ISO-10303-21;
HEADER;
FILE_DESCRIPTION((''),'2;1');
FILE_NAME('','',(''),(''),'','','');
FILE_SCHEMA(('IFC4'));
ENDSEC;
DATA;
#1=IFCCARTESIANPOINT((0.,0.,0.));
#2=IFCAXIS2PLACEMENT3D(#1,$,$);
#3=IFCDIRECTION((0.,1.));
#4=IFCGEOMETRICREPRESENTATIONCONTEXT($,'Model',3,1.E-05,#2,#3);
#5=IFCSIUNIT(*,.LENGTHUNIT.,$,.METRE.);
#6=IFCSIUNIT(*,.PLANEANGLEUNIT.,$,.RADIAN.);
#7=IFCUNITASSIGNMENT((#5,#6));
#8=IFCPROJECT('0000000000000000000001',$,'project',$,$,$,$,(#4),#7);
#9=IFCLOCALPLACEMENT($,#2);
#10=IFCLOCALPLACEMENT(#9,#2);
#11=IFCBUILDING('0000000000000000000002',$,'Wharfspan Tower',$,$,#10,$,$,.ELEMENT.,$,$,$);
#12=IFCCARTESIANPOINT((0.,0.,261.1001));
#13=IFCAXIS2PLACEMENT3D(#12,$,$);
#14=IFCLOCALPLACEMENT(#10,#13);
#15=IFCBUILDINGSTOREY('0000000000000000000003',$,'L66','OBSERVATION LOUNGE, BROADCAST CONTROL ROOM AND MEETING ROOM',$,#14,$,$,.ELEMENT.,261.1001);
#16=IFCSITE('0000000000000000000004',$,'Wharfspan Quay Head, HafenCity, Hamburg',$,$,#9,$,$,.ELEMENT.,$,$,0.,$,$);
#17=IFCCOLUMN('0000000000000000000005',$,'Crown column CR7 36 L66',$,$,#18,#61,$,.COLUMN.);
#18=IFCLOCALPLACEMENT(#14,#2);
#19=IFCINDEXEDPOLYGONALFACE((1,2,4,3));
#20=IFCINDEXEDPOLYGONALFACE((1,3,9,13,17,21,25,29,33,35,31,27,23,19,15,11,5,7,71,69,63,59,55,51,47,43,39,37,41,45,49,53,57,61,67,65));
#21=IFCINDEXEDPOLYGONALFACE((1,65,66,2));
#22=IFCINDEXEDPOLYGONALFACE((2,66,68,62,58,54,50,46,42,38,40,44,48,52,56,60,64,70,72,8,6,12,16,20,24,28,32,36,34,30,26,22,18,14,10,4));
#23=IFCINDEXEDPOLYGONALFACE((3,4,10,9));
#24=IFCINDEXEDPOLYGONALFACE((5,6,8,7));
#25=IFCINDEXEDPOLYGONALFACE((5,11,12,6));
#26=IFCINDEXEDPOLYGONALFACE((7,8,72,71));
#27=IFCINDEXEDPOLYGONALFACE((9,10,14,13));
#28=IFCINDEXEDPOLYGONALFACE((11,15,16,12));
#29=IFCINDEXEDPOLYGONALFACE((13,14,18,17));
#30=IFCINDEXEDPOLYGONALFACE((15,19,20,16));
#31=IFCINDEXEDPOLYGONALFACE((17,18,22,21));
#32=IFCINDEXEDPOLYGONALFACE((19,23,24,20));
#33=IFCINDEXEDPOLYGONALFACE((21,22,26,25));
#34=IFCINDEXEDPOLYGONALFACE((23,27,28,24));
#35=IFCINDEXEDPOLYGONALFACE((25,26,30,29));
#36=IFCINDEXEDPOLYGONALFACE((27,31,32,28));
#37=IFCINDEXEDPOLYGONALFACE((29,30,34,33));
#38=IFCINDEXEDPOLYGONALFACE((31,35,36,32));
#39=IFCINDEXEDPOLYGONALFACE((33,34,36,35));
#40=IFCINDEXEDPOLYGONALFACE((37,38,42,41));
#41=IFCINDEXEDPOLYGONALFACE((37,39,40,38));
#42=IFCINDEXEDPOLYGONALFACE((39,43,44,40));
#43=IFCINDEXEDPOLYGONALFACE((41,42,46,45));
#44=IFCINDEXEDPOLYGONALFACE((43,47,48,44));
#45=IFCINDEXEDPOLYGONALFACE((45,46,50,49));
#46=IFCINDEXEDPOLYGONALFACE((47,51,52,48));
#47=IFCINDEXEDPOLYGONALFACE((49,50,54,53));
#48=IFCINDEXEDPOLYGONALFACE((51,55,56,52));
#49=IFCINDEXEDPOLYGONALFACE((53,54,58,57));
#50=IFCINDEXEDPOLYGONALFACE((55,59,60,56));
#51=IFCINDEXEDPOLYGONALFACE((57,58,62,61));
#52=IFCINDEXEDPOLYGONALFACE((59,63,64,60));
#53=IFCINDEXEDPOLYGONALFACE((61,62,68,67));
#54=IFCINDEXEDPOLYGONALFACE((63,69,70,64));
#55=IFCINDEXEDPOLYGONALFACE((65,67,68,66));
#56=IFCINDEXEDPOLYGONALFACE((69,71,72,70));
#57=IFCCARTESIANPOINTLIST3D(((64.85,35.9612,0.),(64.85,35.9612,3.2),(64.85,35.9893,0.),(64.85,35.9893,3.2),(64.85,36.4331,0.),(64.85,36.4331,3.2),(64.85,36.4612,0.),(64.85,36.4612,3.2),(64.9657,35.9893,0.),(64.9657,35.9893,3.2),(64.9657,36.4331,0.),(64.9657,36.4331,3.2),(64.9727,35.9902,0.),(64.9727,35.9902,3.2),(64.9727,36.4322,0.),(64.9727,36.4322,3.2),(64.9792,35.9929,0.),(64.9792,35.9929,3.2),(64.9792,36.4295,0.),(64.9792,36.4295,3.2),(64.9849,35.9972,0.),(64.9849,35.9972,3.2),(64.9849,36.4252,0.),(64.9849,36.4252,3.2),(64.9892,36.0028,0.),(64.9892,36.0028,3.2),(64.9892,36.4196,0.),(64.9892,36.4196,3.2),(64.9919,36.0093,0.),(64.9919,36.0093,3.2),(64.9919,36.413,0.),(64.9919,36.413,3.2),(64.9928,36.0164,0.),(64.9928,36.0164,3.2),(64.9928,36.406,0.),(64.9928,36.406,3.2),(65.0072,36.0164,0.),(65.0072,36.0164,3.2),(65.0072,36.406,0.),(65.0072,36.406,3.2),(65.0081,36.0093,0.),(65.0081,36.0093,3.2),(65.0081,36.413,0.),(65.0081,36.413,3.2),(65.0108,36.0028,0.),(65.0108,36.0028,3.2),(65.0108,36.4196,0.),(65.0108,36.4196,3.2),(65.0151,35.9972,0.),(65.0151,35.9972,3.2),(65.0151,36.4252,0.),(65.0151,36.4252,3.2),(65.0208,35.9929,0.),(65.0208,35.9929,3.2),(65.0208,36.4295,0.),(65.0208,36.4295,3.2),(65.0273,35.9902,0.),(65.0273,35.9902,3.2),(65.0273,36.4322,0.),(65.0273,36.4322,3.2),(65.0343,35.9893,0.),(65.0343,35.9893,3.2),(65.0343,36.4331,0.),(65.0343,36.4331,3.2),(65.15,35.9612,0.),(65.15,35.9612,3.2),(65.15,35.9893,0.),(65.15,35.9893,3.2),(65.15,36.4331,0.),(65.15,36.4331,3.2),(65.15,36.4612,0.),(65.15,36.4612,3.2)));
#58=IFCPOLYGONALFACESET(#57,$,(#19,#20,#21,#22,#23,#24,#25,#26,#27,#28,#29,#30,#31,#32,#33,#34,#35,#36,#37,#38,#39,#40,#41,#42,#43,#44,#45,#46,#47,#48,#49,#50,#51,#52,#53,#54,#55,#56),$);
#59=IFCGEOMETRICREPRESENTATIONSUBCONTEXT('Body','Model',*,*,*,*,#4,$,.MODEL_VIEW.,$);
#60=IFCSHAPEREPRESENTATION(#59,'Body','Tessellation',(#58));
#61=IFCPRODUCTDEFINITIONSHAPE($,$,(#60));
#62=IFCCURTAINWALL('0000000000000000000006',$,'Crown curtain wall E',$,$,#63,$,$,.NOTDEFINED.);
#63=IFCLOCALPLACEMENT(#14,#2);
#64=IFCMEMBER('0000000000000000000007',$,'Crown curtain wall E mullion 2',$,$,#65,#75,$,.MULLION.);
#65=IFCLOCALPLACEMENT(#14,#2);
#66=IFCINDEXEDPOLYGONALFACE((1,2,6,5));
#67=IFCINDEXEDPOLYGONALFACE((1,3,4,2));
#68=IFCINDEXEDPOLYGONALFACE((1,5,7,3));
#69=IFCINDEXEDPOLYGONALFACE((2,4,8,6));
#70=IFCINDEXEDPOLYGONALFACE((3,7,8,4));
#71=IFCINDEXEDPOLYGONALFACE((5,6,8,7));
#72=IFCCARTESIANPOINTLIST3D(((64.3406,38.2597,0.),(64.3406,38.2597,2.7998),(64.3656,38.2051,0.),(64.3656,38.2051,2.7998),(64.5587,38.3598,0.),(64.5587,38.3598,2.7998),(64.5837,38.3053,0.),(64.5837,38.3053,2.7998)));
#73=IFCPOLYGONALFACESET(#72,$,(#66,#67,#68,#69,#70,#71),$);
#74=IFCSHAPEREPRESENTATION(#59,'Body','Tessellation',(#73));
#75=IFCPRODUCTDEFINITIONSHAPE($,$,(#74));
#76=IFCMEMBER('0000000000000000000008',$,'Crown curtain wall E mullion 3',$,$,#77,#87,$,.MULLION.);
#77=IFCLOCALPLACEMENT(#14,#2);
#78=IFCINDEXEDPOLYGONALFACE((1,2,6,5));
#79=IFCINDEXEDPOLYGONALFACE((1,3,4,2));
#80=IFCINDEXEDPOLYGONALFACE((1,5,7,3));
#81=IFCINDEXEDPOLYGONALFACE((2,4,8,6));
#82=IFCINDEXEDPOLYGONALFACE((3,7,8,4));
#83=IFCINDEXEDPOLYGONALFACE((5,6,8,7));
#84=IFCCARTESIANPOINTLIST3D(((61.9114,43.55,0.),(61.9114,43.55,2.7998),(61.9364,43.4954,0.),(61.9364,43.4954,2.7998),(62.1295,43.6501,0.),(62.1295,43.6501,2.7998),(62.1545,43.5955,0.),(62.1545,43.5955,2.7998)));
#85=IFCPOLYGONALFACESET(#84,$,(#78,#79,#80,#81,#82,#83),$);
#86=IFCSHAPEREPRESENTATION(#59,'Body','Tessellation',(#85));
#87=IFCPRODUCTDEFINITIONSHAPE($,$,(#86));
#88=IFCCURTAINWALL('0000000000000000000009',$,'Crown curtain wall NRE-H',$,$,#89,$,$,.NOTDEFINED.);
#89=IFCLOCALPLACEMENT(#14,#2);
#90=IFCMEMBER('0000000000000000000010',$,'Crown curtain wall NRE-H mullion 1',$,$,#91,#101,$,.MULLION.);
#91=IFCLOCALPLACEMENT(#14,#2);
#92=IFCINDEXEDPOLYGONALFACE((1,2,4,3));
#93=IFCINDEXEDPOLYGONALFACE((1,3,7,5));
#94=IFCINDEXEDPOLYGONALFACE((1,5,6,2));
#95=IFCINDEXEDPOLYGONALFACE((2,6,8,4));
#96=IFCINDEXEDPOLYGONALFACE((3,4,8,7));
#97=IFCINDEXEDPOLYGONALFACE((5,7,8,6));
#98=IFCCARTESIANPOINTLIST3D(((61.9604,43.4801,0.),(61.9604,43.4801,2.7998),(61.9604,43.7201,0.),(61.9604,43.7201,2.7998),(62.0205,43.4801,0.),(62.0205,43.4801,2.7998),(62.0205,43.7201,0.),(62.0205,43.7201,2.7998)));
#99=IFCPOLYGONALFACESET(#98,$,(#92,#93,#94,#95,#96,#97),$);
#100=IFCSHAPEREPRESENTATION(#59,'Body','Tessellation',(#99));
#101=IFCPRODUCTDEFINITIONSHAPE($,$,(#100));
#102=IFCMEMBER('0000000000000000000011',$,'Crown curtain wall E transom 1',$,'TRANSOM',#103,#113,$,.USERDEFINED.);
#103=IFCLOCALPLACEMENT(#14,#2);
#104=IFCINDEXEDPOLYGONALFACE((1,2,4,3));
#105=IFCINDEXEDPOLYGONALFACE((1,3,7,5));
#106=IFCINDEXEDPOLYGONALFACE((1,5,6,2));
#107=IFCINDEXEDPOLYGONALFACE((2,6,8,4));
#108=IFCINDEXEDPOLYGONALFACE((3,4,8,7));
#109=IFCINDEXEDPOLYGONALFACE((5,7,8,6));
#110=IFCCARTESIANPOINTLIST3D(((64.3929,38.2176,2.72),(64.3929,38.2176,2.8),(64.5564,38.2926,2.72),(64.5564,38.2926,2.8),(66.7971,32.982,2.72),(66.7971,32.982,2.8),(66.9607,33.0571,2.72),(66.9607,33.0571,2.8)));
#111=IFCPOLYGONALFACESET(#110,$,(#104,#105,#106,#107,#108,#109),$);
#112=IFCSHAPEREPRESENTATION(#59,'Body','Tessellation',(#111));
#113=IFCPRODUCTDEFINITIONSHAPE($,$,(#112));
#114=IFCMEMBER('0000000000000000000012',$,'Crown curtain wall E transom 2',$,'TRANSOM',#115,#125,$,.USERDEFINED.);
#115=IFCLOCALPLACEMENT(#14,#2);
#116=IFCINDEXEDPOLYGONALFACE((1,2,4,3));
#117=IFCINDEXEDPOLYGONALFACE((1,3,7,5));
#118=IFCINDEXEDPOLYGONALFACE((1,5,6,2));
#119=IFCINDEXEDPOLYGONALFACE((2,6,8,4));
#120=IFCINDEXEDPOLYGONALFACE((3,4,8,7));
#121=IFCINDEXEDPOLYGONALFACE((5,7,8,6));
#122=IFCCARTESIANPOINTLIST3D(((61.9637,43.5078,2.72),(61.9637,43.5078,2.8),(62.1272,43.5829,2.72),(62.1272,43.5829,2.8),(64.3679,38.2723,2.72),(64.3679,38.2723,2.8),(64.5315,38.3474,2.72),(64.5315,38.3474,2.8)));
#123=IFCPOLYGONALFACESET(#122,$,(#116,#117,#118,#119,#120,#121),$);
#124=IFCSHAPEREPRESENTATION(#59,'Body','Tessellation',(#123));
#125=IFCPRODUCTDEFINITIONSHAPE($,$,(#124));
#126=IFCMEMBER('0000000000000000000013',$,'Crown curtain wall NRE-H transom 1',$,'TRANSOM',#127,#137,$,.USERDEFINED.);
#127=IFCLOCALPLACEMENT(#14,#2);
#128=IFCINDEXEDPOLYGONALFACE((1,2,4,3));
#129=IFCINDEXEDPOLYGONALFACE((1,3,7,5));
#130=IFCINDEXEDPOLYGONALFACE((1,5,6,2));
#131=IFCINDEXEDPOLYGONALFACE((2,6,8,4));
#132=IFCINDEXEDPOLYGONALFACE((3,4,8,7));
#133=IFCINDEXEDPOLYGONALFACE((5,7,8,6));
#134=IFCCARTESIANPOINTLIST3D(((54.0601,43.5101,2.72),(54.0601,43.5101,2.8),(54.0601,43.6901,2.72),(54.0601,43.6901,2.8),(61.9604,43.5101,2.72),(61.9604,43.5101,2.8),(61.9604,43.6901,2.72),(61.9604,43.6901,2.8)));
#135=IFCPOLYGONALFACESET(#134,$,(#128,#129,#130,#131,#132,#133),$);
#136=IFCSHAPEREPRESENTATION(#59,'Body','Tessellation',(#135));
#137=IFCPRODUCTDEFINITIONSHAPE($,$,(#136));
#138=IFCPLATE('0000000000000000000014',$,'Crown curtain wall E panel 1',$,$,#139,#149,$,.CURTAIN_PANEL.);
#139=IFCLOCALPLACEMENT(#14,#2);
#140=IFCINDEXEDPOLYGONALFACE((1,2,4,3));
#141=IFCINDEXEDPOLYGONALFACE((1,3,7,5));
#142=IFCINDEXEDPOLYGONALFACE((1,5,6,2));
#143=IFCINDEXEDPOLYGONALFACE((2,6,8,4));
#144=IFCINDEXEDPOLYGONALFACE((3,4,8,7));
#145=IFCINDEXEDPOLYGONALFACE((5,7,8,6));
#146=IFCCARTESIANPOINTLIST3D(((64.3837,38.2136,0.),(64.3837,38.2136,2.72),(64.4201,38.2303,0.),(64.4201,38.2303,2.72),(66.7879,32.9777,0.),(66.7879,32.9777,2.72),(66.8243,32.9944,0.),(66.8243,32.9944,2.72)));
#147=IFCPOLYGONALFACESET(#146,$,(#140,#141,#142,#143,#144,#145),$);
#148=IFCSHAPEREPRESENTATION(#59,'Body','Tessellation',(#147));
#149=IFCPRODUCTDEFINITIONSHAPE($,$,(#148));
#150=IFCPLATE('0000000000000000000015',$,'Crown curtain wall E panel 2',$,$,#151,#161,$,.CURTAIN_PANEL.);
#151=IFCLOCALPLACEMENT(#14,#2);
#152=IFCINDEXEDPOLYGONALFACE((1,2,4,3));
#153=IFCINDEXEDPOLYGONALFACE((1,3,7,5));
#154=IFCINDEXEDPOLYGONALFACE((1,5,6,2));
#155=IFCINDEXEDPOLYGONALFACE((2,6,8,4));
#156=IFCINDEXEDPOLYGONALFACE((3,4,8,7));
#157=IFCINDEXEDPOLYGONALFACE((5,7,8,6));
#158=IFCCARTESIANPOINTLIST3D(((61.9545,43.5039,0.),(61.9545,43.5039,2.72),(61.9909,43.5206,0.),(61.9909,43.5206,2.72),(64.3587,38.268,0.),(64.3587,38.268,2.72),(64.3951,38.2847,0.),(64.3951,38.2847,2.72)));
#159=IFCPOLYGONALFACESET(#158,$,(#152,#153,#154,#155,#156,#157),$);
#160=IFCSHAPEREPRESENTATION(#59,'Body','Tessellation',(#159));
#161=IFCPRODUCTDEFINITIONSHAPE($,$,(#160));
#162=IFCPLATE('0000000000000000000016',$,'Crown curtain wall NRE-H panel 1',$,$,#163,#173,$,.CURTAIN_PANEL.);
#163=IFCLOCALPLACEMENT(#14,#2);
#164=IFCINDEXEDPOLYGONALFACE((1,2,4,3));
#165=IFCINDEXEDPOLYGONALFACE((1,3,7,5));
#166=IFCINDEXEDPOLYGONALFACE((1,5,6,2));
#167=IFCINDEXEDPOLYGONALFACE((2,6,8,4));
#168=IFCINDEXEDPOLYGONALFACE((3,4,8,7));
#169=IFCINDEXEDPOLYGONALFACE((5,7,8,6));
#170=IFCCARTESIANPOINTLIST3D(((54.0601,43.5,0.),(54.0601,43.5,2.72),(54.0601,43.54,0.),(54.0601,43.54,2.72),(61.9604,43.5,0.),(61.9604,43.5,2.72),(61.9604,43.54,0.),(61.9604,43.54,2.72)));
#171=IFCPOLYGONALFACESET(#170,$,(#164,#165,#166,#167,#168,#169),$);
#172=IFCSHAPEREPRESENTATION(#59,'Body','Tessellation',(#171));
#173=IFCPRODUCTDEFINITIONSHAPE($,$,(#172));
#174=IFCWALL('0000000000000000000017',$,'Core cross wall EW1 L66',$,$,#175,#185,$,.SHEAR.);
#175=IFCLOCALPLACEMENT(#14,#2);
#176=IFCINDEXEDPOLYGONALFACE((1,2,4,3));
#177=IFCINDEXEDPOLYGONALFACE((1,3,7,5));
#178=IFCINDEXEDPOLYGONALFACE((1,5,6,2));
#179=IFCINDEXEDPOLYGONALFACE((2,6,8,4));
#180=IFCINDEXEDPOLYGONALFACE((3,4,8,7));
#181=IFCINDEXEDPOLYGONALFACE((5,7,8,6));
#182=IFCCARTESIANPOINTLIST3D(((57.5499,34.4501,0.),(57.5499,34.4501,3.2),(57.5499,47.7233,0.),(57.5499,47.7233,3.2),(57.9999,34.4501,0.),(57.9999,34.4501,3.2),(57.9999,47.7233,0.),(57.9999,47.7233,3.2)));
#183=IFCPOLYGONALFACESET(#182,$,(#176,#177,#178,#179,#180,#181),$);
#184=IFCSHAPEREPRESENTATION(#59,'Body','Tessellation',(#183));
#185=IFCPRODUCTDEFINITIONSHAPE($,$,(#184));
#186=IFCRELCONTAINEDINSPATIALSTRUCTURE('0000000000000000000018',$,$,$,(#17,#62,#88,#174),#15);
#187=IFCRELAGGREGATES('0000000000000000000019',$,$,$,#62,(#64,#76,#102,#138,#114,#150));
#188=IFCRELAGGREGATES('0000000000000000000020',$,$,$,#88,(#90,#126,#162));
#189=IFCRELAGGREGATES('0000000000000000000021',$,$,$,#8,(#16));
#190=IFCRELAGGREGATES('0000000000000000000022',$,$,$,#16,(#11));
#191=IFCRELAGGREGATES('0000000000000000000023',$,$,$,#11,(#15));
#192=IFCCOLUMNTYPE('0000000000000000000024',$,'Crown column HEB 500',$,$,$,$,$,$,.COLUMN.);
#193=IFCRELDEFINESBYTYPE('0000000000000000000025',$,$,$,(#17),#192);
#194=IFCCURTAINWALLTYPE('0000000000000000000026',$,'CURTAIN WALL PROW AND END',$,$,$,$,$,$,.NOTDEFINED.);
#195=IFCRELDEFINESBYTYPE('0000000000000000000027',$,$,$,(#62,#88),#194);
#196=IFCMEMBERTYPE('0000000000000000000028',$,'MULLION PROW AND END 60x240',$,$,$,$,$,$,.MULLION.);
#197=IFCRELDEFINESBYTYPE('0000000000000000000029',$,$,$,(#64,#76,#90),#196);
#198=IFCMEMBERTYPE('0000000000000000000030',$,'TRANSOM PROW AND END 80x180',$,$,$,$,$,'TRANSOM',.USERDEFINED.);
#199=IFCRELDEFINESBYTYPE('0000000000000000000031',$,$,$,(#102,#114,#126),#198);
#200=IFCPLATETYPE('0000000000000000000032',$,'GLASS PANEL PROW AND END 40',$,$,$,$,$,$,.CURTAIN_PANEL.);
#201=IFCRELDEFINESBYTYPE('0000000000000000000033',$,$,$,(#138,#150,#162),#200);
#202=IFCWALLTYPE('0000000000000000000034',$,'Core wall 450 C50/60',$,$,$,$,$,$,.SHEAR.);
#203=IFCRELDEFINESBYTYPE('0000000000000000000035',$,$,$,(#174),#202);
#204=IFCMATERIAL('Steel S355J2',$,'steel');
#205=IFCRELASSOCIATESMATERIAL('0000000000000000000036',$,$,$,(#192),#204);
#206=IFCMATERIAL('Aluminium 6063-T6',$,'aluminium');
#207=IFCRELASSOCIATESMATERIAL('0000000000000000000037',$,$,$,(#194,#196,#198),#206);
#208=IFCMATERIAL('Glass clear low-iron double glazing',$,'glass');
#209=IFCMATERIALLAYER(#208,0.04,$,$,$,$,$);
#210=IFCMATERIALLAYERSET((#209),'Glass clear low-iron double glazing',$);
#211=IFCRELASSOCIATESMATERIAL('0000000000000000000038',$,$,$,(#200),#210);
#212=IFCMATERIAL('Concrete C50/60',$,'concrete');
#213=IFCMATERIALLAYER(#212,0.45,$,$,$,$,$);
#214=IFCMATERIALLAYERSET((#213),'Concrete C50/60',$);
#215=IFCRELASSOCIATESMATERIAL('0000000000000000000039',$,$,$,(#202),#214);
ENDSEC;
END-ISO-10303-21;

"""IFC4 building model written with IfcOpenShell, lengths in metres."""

from ifc_helpers import new_model, si_unit, direction, frame, frame_2d, origin, origin_2d, place, context, subcontext, project, spatial, rectangle, i_section, extrude, material, layer, layer_set, material_profile, profile_set, type_object, element, aggregate, save


model = new_model("IFC4")

# Units and contexts
model_context = context("Model", 3, precision=1e-05, world=origin(), true_north=direction((0.0, 1.0)))
body_context = subcontext(model_context, "Body", "Model", "MODEL_VIEW")
ifc_project = project(units=[si_unit("LENGTHUNIT", "METRE"), si_unit("PLANEANGLEUNIT", "RADIAN")], contexts=[model_context])

# Site, building, storey
site_placement = place(None, origin())
site = spatial("IfcSite", under=ifc_project, at=site_placement, Name="Wharfspan Quay Head, HafenCity, Hamburg", CompositionType="ELEMENT", RefElevation=0.0)
building_placement = place(site_placement, origin())
building = spatial("IfcBuilding", under=site, at=building_placement, Name="Wharfspan Tower", CompositionType="ELEMENT")
storey_placement = place(building_placement, frame((0.0, 0.0, 261.1001)))
storey = spatial("IfcBuildingStorey", under=building, at=storey_placement, Name="L66", Description="OBSERVATION LOUNGE, BROADCAST CONTROL ROOM AND MEETING ROOM", CompositionType="ELEMENT", Elevation=261.1001)

# Column
ifc_material_1 = material(Name="Steel S355J2", Category="steel")
ifc_material_profile_1 = material_profile(ifc_material_1, i_section(OverallWidth=0.3, OverallDepth=0.5, WebThickness=0.0144, FlangeThickness=0.0281, FilletRadius=0.0271, at=origin_2d()))
ifc_profile_set_1 = profile_set([ifc_material_profile_1], Name="Steel S355J2")
column_type = type_object("IfcColumnType", Name="Crown column HEB 500", PredefinedType="COLUMN", material=ifc_profile_set_1)
column_placement = place(storey_placement, frame((65.0, 36.2112, 0.0), z_axis=(0.0, 0.0, 1.0), x_axis=(1.0, 0.0, 0.0)))
element("IfcColumn", 1, at=column_placement, inside=storey, type_object=column_type, Name="Crown column CR7 36 L66", PredefinedType="COLUMN", context=body_context, shape_type="SweptSolid", body=[
    extrude(i_section(OverallWidth=0.3, OverallDepth=0.5, WebThickness=0.0144, FlangeThickness=0.0281, FilletRadius=0.0271, at=origin_2d()), origin(), (0.0, 0.0, 1.0), 3.2),
])

# Curtain wall, members
ifc_material_2 = material(Name="Aluminium 6063-T6", Category="aluminium")
curtain_wall_type = type_object("IfcCurtainWallType", Name="CURTAIN WALL PROW AND END", PredefinedType="NOTDEFINED", material=ifc_material_2)
curtain_wall_1_placement = place(storey_placement, origin())
curtain_wall_1 = element("IfcCurtainWall", 2, at=curtain_wall_1_placement, inside=storey, type_object=curtain_wall_type, Name="Crown curtain wall E", PredefinedType="NOTDEFINED")
ifc_material_profile_2 = material_profile(ifc_material_2, rectangle(XDim=0.24, YDim=0.0601, at=origin_2d()))
ifc_profile_set_2 = profile_set([ifc_material_profile_2], Name="Aluminium 6063-T6")
member_type_1 = type_object("IfcMemberType", Name="MULLION PROW AND END 60x240", PredefinedType="MULLION", material=ifc_profile_set_2)
member_1_placement = place(storey_placement, frame((64.4622, 38.2825, 0.0), z_axis=(0.0, 0.0, 1.0), x_axis=(-0.908769, -0.417292, 0.0)))
member_1 = element("IfcMember", 3, at=member_1_placement, type_object=member_type_1, Name="Crown curtain wall E mullion 2", PredefinedType="MULLION", context=body_context, shape_type="SweptSolid", body=[
    extrude(rectangle(XDim=0.24, YDim=0.0601, at=origin_2d()), origin(), (0.0, 0.0, 1.0), 2.7998),
])
member_2_placement = place(storey_placement, frame((62.033, 43.5728, 0.0), z_axis=(0.0, 0.0, 1.0), x_axis=(-0.908769, -0.417292, 0.0)))
member_2 = element("IfcMember", 4, at=member_2_placement, type_object=member_type_1, Name="Crown curtain wall E mullion 3", PredefinedType="MULLION", context=body_context, shape_type="SweptSolid", body=[
    extrude(rectangle(XDim=0.24, YDim=0.0601, at=origin_2d()), origin(), (0.0, 0.0, 1.0), 2.7998),
])

# Curtain wall, member
curtain_wall_2_placement = place(storey_placement, origin())
curtain_wall_2 = element("IfcCurtainWall", 5, at=curtain_wall_2_placement, inside=storey, type_object=curtain_wall_type, Name="Crown curtain wall NRE-H", PredefinedType="NOTDEFINED")
member_3_placement = place(storey_placement, frame((61.9905, 43.6001, 0.0), z_axis=(0.0, 0.0, 1.0), x_axis=(0.0, -1.0, 0.0)))
member_3 = element("IfcMember", 6, at=member_3_placement, type_object=member_type_1, Name="Crown curtain wall NRE-H mullion 1", PredefinedType="MULLION", context=body_context, shape_type="SweptSolid", body=[
    extrude(rectangle(XDim=0.24, YDim=0.0601, at=origin_2d()), origin(), (0.0, 0.0, 1.0), 2.7998),
])

# Members
ifc_material_profile_3 = material_profile(ifc_material_2, rectangle(XDim=0.1799, YDim=0.0801, at=origin_2d()))
ifc_profile_set_3 = profile_set([ifc_material_profile_3], Name="Aluminium 6063-T6")
member_type_2 = type_object("IfcMemberType", Name="TRANSOM PROW AND END 80x180", ElementType="TRANSOM", PredefinedType="USERDEFINED", material=ifc_profile_set_3)
member_4_placement = place(storey_placement, frame((66.8789, 33.0195, 2.76), z_axis=(-0.417321, 0.908759, 0.0), x_axis=(-0.908759, -0.417321, 0.0)))
member_4 = element("IfcMember", 7, at=member_4_placement, type_object=member_type_2, Name="Crown curtain wall E transom 1", ObjectType="TRANSOM", PredefinedType="USERDEFINED", context=body_context, shape_type="SweptSolid", body=[
    extrude(rectangle(XDim=0.1799, YDim=0.0801, at=origin_2d()), origin(), (0.0, 0.0, 1.0), 5.7612),
])
member_5_placement = place(storey_placement, frame((64.4497, 38.3098, 2.76), z_axis=(-0.417321, 0.908759, 0.0), x_axis=(-0.908759, -0.417321, 0.0)))
member_5 = element("IfcMember", 8, at=member_5_placement, type_object=member_type_2, Name="Crown curtain wall E transom 2", ObjectType="TRANSOM", PredefinedType="USERDEFINED", context=body_context, shape_type="SweptSolid", body=[
    extrude(rectangle(XDim=0.1799, YDim=0.0801, at=origin_2d()), origin(), (0.0, 0.0, 1.0), 5.7612),
])
member_6_placement = place(storey_placement, frame((61.9604, 43.6001, 2.76), z_axis=(-1.0, 0.0, 0.0), x_axis=(0.0, -1.0, 0.0)))
member_6 = element("IfcMember", 9, at=member_6_placement, type_object=member_type_2, Name="Crown curtain wall NRE-H transom 1", ObjectType="TRANSOM", PredefinedType="USERDEFINED", context=body_context, shape_type="SweptSolid", body=[
    extrude(rectangle(XDim=0.1799, YDim=0.0801, at=origin_2d()), origin(), (0.0, 0.0, 1.0), 7.9004),
])

# Plates
ifc_material_3 = material(Name="Glass clear low-iron double glazing", Category="glass")
ifc_layer_1 = layer(ifc_material_3, 0.04)
ifc_layer_set_1 = layer_set([ifc_layer_1], Name="Glass clear low-iron double glazing")
plate_type = type_object("IfcPlateType", Name="GLASS PANEL PROW AND END 40", PredefinedType="CURTAIN_PANEL", material=ifc_layer_set_1)
plate_1_placement = place(storey_placement, frame((65.604, 35.604, 0.0), z_axis=(0.0, 0.0, 1.0), x_axis=(-0.417292, 0.908769, 0.0)))
plate_1 = element("IfcPlate", 10, at=plate_1_placement, type_object=plate_type, Name="Crown curtain wall E panel 1", PredefinedType="CURTAIN_PANEL", context=body_context, shape_type="SweptSolid", body=[
    extrude(rectangle(XDim=5.7615, YDim=0.04, at=origin_2d()), origin(), (0.0, 0.0, 1.0), 2.72),
])
plate_2_placement = place(storey_placement, frame((63.1748, 40.8943, 0.0), z_axis=(0.0, 0.0, 1.0), x_axis=(-0.417292, 0.908769, 0.0)))
plate_2 = element("IfcPlate", 11, at=plate_2_placement, type_object=plate_type, Name="Crown curtain wall E panel 2", PredefinedType="CURTAIN_PANEL", context=body_context, shape_type="SweptSolid", body=[
    extrude(rectangle(XDim=5.7615, YDim=0.04, at=origin_2d()), origin(), (0.0, 0.0, 1.0), 2.72),
])
aggregate(curtain_wall_1, [member_1, member_2, member_4, plate_1, member_5, plate_2])
plate_3_placement = place(storey_placement, frame((58.0103, 43.52, 0.0), z_axis=(0.0, 0.0, 1.0), x_axis=(-1.0, 0.0, 0.0)))
plate_3 = element("IfcPlate", 12, at=plate_3_placement, type_object=plate_type, Name="Crown curtain wall NRE-H panel 1", PredefinedType="CURTAIN_PANEL", context=body_context, shape_type="SweptSolid", body=[
    extrude(rectangle(XDim=7.9004, YDim=0.04, at=origin_2d()), origin(), (0.0, 0.0, 1.0), 2.72),
])
aggregate(curtain_wall_2, [member_3, member_6, plate_3])

# Wall
ifc_material_4 = material(Name="Concrete C50/60", Category="concrete")
ifc_layer_2 = layer(ifc_material_4, 0.45)
ifc_layer_set_2 = layer_set([ifc_layer_2], Name="Concrete C50/60")
wall_type_1 = type_object("IfcWallType", Name="Core wall 450 C50/60", PredefinedType="SHEAR", material=ifc_layer_set_2)
wall_1_placement = place(storey_placement, frame((57.7749, 34.45, 0.0), z_axis=(0.0, 0.0, 1.0), x_axis=(0.0, 1.0, 0.0)))
element("IfcWall", 13, at=wall_1_placement, inside=storey, type_object=wall_type_1, Name="Core cross wall EW1 L66", PredefinedType="SHEAR", context=body_context, shape_type="SweptSolid", body=[
    extrude(rectangle(XDim=13.2732, YDim=0.45, at=frame_2d((6.6367, 0.0))), origin(), (0.0, 0.0, 1.0), 3.2),
])

save(model, "model.ifc")
